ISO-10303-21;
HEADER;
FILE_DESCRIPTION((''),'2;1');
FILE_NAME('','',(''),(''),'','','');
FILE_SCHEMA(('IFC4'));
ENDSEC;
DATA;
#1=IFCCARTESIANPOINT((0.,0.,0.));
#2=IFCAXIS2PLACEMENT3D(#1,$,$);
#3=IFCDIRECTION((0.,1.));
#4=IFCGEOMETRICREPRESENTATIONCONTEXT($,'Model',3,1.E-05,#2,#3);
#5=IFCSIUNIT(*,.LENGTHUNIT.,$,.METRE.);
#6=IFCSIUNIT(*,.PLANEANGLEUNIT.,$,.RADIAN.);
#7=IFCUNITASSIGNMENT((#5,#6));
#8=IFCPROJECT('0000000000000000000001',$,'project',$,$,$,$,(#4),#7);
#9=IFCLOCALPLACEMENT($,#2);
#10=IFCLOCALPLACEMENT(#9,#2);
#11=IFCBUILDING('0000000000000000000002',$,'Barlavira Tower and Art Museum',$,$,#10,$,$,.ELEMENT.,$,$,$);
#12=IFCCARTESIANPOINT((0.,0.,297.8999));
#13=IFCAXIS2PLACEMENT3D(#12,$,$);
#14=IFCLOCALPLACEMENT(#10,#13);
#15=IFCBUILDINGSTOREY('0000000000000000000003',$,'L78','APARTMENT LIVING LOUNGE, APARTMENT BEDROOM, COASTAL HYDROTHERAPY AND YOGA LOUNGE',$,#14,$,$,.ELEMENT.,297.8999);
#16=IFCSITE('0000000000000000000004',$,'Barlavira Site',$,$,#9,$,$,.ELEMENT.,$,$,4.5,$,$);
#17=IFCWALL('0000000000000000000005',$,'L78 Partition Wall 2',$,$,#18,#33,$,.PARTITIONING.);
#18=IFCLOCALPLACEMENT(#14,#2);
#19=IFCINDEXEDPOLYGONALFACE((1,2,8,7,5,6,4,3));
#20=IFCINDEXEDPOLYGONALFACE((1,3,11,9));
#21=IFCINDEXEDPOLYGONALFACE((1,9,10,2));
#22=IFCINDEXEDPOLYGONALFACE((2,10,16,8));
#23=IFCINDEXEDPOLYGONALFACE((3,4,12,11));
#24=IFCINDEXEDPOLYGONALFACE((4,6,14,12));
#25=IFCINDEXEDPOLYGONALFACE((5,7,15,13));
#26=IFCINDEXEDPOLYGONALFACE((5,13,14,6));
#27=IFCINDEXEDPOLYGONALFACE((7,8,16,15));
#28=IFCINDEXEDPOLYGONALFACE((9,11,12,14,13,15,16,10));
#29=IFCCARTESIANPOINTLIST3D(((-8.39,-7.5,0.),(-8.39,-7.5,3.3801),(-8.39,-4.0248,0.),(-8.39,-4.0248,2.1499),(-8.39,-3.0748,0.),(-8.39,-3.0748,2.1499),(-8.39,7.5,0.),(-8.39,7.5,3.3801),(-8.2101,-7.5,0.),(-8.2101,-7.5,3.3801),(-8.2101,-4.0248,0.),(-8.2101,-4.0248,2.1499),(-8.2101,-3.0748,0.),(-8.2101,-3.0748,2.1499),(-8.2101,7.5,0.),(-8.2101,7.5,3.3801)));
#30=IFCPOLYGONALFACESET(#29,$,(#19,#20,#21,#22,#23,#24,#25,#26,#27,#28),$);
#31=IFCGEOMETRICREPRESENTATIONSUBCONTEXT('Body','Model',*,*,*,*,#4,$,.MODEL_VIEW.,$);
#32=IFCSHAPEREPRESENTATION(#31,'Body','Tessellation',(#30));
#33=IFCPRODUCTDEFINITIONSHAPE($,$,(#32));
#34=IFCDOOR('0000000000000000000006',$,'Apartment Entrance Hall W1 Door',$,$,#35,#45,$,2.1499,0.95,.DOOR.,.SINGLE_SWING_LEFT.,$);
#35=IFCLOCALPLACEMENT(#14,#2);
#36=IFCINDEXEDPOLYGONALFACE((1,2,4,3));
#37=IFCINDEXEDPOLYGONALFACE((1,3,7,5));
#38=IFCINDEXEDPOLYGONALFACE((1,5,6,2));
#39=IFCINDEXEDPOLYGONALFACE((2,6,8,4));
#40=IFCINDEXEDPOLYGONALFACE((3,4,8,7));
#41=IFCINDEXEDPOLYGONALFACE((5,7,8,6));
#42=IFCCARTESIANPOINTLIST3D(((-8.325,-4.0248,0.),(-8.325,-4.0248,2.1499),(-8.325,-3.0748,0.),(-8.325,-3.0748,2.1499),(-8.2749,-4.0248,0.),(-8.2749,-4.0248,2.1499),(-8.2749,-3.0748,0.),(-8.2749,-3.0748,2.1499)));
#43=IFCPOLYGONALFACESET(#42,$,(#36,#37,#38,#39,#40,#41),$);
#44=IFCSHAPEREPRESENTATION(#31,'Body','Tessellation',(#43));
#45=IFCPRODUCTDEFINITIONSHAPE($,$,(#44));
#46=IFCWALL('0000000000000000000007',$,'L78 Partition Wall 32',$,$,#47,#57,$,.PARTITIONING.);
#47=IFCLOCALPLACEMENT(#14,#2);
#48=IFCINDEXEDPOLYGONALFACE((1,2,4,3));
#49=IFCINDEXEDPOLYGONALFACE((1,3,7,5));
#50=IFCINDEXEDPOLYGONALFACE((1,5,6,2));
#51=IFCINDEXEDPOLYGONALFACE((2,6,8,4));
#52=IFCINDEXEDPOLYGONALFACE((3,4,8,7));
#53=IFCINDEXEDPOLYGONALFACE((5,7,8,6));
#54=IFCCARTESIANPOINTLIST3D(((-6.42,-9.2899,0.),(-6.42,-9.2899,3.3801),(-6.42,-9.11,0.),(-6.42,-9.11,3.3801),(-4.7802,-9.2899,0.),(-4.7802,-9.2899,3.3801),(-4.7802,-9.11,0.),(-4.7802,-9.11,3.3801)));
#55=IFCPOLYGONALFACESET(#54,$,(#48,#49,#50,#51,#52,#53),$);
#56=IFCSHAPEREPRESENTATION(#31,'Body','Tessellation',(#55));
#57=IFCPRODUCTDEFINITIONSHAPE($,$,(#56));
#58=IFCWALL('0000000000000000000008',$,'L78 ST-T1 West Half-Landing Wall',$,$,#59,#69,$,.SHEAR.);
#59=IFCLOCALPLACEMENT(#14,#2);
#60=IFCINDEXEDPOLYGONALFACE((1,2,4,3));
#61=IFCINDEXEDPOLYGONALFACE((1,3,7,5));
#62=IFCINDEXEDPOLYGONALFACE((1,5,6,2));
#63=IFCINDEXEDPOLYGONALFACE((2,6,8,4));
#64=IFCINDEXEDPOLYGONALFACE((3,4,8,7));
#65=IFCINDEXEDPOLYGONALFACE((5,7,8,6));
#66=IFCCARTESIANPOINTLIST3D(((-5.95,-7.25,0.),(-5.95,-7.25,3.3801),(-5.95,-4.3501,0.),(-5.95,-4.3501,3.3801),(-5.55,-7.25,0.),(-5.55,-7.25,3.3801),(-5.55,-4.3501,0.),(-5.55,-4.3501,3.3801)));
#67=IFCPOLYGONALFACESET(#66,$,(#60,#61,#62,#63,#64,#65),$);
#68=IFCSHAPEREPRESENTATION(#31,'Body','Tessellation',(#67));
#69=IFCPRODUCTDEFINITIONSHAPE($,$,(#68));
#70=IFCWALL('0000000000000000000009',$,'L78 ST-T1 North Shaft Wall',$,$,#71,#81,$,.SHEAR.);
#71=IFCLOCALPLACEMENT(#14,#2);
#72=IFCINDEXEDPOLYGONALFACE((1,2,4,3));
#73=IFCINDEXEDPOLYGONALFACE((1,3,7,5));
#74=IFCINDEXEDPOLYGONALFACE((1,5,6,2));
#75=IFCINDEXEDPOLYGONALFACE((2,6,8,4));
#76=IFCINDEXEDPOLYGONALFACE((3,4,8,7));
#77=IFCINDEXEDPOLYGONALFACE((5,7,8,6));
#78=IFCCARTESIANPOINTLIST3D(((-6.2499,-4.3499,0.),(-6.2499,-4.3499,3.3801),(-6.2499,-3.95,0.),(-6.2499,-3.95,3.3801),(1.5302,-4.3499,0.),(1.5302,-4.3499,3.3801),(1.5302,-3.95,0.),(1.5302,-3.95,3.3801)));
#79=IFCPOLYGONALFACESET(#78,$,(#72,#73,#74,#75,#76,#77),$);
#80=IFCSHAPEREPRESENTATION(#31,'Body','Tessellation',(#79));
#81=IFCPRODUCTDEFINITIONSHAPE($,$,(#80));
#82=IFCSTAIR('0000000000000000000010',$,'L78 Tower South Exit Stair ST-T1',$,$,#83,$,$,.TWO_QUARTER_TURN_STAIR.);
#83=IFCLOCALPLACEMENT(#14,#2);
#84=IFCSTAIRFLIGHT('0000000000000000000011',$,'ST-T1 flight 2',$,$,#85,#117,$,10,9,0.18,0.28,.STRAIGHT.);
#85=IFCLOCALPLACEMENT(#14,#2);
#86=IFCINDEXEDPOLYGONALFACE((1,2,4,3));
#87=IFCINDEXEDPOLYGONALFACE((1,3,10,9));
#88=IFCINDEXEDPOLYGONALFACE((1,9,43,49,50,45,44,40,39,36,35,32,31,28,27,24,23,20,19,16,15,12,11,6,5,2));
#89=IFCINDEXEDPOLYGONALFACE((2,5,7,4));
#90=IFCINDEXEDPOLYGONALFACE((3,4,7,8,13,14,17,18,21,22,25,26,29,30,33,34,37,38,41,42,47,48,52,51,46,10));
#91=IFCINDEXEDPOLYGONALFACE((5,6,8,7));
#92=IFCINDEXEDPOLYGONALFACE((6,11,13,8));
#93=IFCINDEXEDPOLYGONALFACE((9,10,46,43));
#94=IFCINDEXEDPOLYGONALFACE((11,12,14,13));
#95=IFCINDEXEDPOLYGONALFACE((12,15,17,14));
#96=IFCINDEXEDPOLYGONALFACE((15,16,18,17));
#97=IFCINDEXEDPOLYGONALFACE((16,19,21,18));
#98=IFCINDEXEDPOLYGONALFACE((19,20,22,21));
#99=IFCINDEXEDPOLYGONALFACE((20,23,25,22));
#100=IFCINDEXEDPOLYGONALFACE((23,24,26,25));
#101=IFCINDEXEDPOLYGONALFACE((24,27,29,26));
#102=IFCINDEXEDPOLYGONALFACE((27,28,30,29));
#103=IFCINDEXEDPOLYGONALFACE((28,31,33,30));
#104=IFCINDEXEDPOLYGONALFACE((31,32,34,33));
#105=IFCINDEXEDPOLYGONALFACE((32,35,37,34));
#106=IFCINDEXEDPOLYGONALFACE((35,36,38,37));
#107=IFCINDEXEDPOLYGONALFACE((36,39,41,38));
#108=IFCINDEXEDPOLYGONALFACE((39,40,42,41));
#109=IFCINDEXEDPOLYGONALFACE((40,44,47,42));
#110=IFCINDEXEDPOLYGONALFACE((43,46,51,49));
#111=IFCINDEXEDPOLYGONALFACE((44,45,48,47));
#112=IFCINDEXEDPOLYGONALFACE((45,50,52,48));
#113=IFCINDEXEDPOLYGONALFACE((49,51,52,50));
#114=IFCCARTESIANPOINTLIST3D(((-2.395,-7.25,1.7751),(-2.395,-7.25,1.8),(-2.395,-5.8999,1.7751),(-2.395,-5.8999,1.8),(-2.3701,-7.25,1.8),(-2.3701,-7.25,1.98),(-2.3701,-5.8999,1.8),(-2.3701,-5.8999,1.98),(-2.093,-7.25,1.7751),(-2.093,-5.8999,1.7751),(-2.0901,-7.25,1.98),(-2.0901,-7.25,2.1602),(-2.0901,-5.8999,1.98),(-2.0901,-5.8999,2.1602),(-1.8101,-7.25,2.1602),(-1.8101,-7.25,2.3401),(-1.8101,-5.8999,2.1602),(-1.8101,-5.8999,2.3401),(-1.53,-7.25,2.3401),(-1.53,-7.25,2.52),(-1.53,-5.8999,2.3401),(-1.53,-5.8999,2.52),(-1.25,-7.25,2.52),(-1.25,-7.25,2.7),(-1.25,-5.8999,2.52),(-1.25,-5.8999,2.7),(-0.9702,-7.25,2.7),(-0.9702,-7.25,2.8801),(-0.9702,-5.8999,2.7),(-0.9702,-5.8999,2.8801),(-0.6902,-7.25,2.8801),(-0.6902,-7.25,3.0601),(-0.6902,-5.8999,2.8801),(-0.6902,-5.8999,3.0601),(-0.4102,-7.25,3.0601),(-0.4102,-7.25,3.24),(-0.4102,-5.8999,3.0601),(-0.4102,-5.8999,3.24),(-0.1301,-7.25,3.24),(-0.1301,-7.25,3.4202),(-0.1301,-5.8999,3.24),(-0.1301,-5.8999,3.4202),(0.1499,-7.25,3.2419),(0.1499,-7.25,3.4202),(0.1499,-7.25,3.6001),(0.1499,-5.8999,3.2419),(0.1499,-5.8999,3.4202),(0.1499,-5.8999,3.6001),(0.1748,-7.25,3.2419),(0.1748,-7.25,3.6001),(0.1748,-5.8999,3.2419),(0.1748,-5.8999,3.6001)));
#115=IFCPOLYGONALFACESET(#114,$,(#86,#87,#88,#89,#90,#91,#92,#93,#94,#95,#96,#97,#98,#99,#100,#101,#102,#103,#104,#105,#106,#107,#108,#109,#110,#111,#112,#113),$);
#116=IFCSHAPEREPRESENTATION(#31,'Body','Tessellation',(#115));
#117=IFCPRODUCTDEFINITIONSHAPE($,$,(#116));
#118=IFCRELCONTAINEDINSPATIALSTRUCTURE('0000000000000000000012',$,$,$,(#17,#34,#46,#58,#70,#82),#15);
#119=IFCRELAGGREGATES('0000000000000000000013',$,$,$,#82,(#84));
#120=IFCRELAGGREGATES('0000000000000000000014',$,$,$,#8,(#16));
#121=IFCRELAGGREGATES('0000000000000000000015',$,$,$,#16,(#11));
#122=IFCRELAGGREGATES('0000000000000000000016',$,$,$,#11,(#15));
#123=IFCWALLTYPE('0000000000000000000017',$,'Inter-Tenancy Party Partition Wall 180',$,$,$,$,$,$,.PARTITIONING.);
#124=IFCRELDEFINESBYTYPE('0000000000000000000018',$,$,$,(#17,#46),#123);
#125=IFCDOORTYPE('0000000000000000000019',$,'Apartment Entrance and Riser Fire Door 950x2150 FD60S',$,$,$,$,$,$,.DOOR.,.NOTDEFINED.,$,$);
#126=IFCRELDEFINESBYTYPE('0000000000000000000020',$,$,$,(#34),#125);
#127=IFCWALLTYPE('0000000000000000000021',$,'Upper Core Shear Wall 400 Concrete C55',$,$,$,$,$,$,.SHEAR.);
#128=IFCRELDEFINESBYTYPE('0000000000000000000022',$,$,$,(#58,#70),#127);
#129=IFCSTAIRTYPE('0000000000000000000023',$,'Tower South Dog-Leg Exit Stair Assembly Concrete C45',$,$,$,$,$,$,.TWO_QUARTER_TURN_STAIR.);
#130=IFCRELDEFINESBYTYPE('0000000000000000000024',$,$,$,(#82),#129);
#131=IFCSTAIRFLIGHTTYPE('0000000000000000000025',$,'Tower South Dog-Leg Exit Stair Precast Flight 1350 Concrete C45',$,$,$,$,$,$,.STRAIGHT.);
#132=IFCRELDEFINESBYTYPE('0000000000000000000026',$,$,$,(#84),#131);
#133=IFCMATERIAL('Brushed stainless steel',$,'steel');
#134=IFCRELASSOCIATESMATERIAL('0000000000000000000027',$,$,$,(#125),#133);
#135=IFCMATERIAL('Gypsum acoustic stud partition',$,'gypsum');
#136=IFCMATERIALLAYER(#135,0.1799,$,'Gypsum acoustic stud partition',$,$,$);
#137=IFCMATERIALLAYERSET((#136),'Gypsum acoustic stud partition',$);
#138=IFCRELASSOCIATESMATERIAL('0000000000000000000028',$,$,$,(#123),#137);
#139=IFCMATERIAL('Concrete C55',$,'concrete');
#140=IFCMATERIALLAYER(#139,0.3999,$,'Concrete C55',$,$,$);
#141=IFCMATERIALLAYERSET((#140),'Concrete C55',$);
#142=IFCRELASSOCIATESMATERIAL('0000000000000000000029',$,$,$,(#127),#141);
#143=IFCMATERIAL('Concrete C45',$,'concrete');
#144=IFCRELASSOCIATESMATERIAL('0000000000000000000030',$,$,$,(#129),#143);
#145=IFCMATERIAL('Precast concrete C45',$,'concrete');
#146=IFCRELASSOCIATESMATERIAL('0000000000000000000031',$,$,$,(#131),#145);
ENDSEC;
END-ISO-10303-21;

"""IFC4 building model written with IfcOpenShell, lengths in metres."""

from ifc_helpers import new_model, si_unit, direction, frame, frame_2d, origin, place, context, subcontext, project, spatial, polyline, rectangle, outline, extrude, material, layer, layer_set, type_object, element, fill, aggregate, save


model = new_model("IFC4")

# Units and contexts
model_context = context("Model", 3, precision=1e-05, world=origin(), true_north=direction((0.0, 1.0)))
body_context = subcontext(model_context, "Body", "Model", "MODEL_VIEW")
ifc_project = project(units=[si_unit("LENGTHUNIT", "METRE"), si_unit("PLANEANGLEUNIT", "RADIAN")], contexts=[model_context])

# Site, building, storey
site_placement = place(None, origin())
site = spatial("IfcSite", under=ifc_project, at=site_placement, Name="Barlavira Site", CompositionType="ELEMENT", RefElevation=4.5)
building_placement = place(site_placement, origin())
building = spatial("IfcBuilding", under=site, at=building_placement, Name="Barlavira Tower and Art Museum", CompositionType="ELEMENT")
storey_placement = place(building_placement, frame((0.0, 0.0, 297.8999)))
storey = spatial("IfcBuildingStorey", under=building, at=storey_placement, Name="L78", Description="APARTMENT LIVING LOUNGE, APARTMENT BEDROOM, COASTAL HYDROTHERAPY AND YOGA LOUNGE", CompositionType="ELEMENT", Elevation=297.8999)

# Shared definitions
ifc_material_1 = material(Name="Brushed stainless steel", Category="steel")
door_type = type_object("IfcDoorType", Name="Apartment Entrance and Riser Fire Door 950x2150 FD60S", OperationType="NOTDEFINED", PredefinedType="DOOR", material=ifc_material_1)

# Wall, opening, door
ifc_material_2 = material(Name="Gypsum acoustic stud partition", Category="gypsum")
ifc_layer_1 = layer(ifc_material_2, 0.1799, Name="Gypsum acoustic stud partition")
ifc_layer_set_1 = layer_set([ifc_layer_1], Name="Gypsum acoustic stud partition")
wall_type_1 = type_object("IfcWallType", Name="Inter-Tenancy Party Partition Wall 180", PredefinedType="PARTITIONING", material=ifc_layer_set_1)
wall_1_placement = place(storey_placement, frame((-8.3, -7.5, 0.0), z_axis=(0.0, 0.0, 1.0), x_axis=(0.0, 1.0, 0.0)))
wall_1 = element("IfcWall", 1, at=wall_1_placement, inside=storey, type_object=wall_type_1, Name="L78 Partition Wall 2", PredefinedType="PARTITIONING", context=body_context, shape_type="SweptSolid", body=[
    extrude(rectangle(XDim=15.0, YDim=0.1799, at=frame_2d((7.5, 0.0))), origin(), (0.0, 0.0, 1.0), 3.3801),
])
opening_1_placement = place(wall_1_placement, frame((3.4751, 0.0, 0.0)))
opening_1 = element("IfcOpeningElement", 2, at=opening_1_placement, cuts=wall_1, PredefinedType="OPENING", context=body_context, shape_type="SweptSolid", body=[
    extrude(rectangle(XDim=0.95, YDim=2.1499, at=frame_2d((0.4751, 1.075))), frame((0.0, 0.1001, 0.0), z_axis=(0.0, -1.0, 0.0), x_axis=(1.0, 0.0, 0.0)), (0.0, 0.0, 1.0), 0.2),
])
door_1_placement = place(opening_1_placement, origin())
door_1 = element("IfcDoor", 3, at=door_1_placement, inside=storey, type_object=door_type, Name="Apartment Entrance Hall W1 Door", OperationType="SINGLE_SWING_LEFT", OverallHeight=2.1499, OverallWidth=0.95, PredefinedType="DOOR", context=body_context, shape_type="SweptSolid", body=[
    extrude(rectangle(XDim=0.95, YDim=2.1499, at=frame_2d((0.4751, 1.075))), frame((0.0, 0.0249, 0.0), z_axis=(0.0, -1.0, 0.0), x_axis=(1.0, 0.0, 0.0)), (0.0, 0.0, 1.0), 0.05),
])
fill(opening_1, door_1)

# Wall
wall_2_placement = place(storey_placement, frame((-6.4199, -9.2, 0.0), z_axis=(0.0, 0.0, 1.0), x_axis=(1.0, 0.0, 0.0)))
element("IfcWall", 4, at=wall_2_placement, inside=storey, type_object=wall_type_1, Name="L78 Partition Wall 32", PredefinedType="PARTITIONING", context=body_context, shape_type="SweptSolid", body=[
    extrude(rectangle(XDim=1.6399, YDim=0.1799, at=frame_2d((0.8198, 0.0))), origin(), (0.0, 0.0, 1.0), 3.3801),
])

# Walls
ifc_material_3 = material(Name="Concrete C55", Category="concrete")
ifc_layer_2 = layer(ifc_material_3, 0.3999, Name="Concrete C55")
ifc_layer_set_2 = layer_set([ifc_layer_2], Name="Concrete C55")
wall_type_2 = type_object("IfcWallType", Name="Upper Core Shear Wall 400 Concrete C55", PredefinedType="SHEAR", material=ifc_layer_set_2)
wall_3_placement = place(storey_placement, frame((-5.75, -7.25, 0.0), z_axis=(0.0, 0.0, 1.0), x_axis=(0.0, 1.0, 0.0)))
element("IfcWall", 5, at=wall_3_placement, inside=storey, type_object=wall_type_2, Name="L78 ST-T1 West Half-Landing Wall", PredefinedType="SHEAR", context=body_context, shape_type="SweptSolid", body=[
    extrude(rectangle(XDim=2.8999, YDim=0.3999, at=frame_2d((1.45, 0.0))), origin(), (0.0, 0.0, 1.0), 3.3801),
])
wall_4_placement = place(storey_placement, frame((-6.25, -4.1499, 0.0), z_axis=(0.0, 0.0, 1.0), x_axis=(1.0, 0.0, 0.0)))
element("IfcWall", 6, at=wall_4_placement, inside=storey, type_object=wall_type_2, Name="L78 ST-T1 North Shaft Wall", PredefinedType="SHEAR", context=body_context, shape_type="SweptSolid", body=[
    extrude(rectangle(XDim=7.78, YDim=0.3999, at=frame_2d((3.8901, 0.0))), origin(), (0.0, 0.0, 1.0), 3.3801),
])

# Stair, stair flight
ifc_material_4 = material(Name="Concrete C45", Category="concrete")
stair_type = type_object("IfcStairType", Name="Tower South Dog-Leg Exit Stair Assembly Concrete C45", PredefinedType="TWO_QUARTER_TURN_STAIR", material=ifc_material_4)
stair_placement = place(storey_placement, origin())
stair = element("IfcStair", 7, at=stair_placement, inside=storey, type_object=stair_type, Name="L78 Tower South Exit Stair ST-T1", PredefinedType="TWO_QUARTER_TURN_STAIR")
ifc_material_5 = material(Name="Precast concrete C45", Category="concrete")
stair_flight_type = type_object("IfcStairFlightType", Name="Tower South Dog-Leg Exit Stair Precast Flight 1350 Concrete C45", PredefinedType="STRAIGHT", material=ifc_material_5)
stair_flight_placement = place(storey_placement, frame((-2.3701, -6.575, 1.8), z_axis=(0.0, 0.0, 1.0), x_axis=(1.0, 0.0, 0.0)))
stair_flight = element("IfcStairFlight", 8, at=stair_flight_placement, type_object=stair_flight_type, Name="ST-T1 flight 2", NumberOfRisers=10, NumberOfTreads=9, PredefinedType="STRAIGHT", RiserHeight=0.18, TreadLength=0.28, context=body_context, shape_type="SweptSolid", body=[
    extrude(outline(polyline([(-0.0249, 0.0), (0.0, 0.0), (0.0, 0.1799), (0.28, 0.1799), (0.28, 0.3601), (0.5601, 0.3601), (0.5601, 0.54), (0.8401, 0.54), (0.8401, 0.72), (1.1201, 0.72), (1.1201, 0.8999), (1.3999, 0.8999), (1.3999, 1.0801), (1.6799, 1.0801), (1.6799, 1.26), (1.96, 1.26), (1.96, 1.4399), (2.24, 1.4399), (2.24, 1.6201), (2.52, 1.6201), (2.52, 1.8), (2.5449, 1.8), (2.5449, 1.4419), (2.52, 1.4419), (0.2771, -0.0249), (-0.0249, -0.0249), (-0.0249, 0.0)])), frame((0.0, 0.675, 0.0), z_axis=(0.0, -1.0, 0.0), x_axis=(1.0, 0.0, 0.0)), (0.0, 0.0, 1.0), 1.3501),
])
aggregate(stair, [stair_flight])

save(model, "model.ifc")
